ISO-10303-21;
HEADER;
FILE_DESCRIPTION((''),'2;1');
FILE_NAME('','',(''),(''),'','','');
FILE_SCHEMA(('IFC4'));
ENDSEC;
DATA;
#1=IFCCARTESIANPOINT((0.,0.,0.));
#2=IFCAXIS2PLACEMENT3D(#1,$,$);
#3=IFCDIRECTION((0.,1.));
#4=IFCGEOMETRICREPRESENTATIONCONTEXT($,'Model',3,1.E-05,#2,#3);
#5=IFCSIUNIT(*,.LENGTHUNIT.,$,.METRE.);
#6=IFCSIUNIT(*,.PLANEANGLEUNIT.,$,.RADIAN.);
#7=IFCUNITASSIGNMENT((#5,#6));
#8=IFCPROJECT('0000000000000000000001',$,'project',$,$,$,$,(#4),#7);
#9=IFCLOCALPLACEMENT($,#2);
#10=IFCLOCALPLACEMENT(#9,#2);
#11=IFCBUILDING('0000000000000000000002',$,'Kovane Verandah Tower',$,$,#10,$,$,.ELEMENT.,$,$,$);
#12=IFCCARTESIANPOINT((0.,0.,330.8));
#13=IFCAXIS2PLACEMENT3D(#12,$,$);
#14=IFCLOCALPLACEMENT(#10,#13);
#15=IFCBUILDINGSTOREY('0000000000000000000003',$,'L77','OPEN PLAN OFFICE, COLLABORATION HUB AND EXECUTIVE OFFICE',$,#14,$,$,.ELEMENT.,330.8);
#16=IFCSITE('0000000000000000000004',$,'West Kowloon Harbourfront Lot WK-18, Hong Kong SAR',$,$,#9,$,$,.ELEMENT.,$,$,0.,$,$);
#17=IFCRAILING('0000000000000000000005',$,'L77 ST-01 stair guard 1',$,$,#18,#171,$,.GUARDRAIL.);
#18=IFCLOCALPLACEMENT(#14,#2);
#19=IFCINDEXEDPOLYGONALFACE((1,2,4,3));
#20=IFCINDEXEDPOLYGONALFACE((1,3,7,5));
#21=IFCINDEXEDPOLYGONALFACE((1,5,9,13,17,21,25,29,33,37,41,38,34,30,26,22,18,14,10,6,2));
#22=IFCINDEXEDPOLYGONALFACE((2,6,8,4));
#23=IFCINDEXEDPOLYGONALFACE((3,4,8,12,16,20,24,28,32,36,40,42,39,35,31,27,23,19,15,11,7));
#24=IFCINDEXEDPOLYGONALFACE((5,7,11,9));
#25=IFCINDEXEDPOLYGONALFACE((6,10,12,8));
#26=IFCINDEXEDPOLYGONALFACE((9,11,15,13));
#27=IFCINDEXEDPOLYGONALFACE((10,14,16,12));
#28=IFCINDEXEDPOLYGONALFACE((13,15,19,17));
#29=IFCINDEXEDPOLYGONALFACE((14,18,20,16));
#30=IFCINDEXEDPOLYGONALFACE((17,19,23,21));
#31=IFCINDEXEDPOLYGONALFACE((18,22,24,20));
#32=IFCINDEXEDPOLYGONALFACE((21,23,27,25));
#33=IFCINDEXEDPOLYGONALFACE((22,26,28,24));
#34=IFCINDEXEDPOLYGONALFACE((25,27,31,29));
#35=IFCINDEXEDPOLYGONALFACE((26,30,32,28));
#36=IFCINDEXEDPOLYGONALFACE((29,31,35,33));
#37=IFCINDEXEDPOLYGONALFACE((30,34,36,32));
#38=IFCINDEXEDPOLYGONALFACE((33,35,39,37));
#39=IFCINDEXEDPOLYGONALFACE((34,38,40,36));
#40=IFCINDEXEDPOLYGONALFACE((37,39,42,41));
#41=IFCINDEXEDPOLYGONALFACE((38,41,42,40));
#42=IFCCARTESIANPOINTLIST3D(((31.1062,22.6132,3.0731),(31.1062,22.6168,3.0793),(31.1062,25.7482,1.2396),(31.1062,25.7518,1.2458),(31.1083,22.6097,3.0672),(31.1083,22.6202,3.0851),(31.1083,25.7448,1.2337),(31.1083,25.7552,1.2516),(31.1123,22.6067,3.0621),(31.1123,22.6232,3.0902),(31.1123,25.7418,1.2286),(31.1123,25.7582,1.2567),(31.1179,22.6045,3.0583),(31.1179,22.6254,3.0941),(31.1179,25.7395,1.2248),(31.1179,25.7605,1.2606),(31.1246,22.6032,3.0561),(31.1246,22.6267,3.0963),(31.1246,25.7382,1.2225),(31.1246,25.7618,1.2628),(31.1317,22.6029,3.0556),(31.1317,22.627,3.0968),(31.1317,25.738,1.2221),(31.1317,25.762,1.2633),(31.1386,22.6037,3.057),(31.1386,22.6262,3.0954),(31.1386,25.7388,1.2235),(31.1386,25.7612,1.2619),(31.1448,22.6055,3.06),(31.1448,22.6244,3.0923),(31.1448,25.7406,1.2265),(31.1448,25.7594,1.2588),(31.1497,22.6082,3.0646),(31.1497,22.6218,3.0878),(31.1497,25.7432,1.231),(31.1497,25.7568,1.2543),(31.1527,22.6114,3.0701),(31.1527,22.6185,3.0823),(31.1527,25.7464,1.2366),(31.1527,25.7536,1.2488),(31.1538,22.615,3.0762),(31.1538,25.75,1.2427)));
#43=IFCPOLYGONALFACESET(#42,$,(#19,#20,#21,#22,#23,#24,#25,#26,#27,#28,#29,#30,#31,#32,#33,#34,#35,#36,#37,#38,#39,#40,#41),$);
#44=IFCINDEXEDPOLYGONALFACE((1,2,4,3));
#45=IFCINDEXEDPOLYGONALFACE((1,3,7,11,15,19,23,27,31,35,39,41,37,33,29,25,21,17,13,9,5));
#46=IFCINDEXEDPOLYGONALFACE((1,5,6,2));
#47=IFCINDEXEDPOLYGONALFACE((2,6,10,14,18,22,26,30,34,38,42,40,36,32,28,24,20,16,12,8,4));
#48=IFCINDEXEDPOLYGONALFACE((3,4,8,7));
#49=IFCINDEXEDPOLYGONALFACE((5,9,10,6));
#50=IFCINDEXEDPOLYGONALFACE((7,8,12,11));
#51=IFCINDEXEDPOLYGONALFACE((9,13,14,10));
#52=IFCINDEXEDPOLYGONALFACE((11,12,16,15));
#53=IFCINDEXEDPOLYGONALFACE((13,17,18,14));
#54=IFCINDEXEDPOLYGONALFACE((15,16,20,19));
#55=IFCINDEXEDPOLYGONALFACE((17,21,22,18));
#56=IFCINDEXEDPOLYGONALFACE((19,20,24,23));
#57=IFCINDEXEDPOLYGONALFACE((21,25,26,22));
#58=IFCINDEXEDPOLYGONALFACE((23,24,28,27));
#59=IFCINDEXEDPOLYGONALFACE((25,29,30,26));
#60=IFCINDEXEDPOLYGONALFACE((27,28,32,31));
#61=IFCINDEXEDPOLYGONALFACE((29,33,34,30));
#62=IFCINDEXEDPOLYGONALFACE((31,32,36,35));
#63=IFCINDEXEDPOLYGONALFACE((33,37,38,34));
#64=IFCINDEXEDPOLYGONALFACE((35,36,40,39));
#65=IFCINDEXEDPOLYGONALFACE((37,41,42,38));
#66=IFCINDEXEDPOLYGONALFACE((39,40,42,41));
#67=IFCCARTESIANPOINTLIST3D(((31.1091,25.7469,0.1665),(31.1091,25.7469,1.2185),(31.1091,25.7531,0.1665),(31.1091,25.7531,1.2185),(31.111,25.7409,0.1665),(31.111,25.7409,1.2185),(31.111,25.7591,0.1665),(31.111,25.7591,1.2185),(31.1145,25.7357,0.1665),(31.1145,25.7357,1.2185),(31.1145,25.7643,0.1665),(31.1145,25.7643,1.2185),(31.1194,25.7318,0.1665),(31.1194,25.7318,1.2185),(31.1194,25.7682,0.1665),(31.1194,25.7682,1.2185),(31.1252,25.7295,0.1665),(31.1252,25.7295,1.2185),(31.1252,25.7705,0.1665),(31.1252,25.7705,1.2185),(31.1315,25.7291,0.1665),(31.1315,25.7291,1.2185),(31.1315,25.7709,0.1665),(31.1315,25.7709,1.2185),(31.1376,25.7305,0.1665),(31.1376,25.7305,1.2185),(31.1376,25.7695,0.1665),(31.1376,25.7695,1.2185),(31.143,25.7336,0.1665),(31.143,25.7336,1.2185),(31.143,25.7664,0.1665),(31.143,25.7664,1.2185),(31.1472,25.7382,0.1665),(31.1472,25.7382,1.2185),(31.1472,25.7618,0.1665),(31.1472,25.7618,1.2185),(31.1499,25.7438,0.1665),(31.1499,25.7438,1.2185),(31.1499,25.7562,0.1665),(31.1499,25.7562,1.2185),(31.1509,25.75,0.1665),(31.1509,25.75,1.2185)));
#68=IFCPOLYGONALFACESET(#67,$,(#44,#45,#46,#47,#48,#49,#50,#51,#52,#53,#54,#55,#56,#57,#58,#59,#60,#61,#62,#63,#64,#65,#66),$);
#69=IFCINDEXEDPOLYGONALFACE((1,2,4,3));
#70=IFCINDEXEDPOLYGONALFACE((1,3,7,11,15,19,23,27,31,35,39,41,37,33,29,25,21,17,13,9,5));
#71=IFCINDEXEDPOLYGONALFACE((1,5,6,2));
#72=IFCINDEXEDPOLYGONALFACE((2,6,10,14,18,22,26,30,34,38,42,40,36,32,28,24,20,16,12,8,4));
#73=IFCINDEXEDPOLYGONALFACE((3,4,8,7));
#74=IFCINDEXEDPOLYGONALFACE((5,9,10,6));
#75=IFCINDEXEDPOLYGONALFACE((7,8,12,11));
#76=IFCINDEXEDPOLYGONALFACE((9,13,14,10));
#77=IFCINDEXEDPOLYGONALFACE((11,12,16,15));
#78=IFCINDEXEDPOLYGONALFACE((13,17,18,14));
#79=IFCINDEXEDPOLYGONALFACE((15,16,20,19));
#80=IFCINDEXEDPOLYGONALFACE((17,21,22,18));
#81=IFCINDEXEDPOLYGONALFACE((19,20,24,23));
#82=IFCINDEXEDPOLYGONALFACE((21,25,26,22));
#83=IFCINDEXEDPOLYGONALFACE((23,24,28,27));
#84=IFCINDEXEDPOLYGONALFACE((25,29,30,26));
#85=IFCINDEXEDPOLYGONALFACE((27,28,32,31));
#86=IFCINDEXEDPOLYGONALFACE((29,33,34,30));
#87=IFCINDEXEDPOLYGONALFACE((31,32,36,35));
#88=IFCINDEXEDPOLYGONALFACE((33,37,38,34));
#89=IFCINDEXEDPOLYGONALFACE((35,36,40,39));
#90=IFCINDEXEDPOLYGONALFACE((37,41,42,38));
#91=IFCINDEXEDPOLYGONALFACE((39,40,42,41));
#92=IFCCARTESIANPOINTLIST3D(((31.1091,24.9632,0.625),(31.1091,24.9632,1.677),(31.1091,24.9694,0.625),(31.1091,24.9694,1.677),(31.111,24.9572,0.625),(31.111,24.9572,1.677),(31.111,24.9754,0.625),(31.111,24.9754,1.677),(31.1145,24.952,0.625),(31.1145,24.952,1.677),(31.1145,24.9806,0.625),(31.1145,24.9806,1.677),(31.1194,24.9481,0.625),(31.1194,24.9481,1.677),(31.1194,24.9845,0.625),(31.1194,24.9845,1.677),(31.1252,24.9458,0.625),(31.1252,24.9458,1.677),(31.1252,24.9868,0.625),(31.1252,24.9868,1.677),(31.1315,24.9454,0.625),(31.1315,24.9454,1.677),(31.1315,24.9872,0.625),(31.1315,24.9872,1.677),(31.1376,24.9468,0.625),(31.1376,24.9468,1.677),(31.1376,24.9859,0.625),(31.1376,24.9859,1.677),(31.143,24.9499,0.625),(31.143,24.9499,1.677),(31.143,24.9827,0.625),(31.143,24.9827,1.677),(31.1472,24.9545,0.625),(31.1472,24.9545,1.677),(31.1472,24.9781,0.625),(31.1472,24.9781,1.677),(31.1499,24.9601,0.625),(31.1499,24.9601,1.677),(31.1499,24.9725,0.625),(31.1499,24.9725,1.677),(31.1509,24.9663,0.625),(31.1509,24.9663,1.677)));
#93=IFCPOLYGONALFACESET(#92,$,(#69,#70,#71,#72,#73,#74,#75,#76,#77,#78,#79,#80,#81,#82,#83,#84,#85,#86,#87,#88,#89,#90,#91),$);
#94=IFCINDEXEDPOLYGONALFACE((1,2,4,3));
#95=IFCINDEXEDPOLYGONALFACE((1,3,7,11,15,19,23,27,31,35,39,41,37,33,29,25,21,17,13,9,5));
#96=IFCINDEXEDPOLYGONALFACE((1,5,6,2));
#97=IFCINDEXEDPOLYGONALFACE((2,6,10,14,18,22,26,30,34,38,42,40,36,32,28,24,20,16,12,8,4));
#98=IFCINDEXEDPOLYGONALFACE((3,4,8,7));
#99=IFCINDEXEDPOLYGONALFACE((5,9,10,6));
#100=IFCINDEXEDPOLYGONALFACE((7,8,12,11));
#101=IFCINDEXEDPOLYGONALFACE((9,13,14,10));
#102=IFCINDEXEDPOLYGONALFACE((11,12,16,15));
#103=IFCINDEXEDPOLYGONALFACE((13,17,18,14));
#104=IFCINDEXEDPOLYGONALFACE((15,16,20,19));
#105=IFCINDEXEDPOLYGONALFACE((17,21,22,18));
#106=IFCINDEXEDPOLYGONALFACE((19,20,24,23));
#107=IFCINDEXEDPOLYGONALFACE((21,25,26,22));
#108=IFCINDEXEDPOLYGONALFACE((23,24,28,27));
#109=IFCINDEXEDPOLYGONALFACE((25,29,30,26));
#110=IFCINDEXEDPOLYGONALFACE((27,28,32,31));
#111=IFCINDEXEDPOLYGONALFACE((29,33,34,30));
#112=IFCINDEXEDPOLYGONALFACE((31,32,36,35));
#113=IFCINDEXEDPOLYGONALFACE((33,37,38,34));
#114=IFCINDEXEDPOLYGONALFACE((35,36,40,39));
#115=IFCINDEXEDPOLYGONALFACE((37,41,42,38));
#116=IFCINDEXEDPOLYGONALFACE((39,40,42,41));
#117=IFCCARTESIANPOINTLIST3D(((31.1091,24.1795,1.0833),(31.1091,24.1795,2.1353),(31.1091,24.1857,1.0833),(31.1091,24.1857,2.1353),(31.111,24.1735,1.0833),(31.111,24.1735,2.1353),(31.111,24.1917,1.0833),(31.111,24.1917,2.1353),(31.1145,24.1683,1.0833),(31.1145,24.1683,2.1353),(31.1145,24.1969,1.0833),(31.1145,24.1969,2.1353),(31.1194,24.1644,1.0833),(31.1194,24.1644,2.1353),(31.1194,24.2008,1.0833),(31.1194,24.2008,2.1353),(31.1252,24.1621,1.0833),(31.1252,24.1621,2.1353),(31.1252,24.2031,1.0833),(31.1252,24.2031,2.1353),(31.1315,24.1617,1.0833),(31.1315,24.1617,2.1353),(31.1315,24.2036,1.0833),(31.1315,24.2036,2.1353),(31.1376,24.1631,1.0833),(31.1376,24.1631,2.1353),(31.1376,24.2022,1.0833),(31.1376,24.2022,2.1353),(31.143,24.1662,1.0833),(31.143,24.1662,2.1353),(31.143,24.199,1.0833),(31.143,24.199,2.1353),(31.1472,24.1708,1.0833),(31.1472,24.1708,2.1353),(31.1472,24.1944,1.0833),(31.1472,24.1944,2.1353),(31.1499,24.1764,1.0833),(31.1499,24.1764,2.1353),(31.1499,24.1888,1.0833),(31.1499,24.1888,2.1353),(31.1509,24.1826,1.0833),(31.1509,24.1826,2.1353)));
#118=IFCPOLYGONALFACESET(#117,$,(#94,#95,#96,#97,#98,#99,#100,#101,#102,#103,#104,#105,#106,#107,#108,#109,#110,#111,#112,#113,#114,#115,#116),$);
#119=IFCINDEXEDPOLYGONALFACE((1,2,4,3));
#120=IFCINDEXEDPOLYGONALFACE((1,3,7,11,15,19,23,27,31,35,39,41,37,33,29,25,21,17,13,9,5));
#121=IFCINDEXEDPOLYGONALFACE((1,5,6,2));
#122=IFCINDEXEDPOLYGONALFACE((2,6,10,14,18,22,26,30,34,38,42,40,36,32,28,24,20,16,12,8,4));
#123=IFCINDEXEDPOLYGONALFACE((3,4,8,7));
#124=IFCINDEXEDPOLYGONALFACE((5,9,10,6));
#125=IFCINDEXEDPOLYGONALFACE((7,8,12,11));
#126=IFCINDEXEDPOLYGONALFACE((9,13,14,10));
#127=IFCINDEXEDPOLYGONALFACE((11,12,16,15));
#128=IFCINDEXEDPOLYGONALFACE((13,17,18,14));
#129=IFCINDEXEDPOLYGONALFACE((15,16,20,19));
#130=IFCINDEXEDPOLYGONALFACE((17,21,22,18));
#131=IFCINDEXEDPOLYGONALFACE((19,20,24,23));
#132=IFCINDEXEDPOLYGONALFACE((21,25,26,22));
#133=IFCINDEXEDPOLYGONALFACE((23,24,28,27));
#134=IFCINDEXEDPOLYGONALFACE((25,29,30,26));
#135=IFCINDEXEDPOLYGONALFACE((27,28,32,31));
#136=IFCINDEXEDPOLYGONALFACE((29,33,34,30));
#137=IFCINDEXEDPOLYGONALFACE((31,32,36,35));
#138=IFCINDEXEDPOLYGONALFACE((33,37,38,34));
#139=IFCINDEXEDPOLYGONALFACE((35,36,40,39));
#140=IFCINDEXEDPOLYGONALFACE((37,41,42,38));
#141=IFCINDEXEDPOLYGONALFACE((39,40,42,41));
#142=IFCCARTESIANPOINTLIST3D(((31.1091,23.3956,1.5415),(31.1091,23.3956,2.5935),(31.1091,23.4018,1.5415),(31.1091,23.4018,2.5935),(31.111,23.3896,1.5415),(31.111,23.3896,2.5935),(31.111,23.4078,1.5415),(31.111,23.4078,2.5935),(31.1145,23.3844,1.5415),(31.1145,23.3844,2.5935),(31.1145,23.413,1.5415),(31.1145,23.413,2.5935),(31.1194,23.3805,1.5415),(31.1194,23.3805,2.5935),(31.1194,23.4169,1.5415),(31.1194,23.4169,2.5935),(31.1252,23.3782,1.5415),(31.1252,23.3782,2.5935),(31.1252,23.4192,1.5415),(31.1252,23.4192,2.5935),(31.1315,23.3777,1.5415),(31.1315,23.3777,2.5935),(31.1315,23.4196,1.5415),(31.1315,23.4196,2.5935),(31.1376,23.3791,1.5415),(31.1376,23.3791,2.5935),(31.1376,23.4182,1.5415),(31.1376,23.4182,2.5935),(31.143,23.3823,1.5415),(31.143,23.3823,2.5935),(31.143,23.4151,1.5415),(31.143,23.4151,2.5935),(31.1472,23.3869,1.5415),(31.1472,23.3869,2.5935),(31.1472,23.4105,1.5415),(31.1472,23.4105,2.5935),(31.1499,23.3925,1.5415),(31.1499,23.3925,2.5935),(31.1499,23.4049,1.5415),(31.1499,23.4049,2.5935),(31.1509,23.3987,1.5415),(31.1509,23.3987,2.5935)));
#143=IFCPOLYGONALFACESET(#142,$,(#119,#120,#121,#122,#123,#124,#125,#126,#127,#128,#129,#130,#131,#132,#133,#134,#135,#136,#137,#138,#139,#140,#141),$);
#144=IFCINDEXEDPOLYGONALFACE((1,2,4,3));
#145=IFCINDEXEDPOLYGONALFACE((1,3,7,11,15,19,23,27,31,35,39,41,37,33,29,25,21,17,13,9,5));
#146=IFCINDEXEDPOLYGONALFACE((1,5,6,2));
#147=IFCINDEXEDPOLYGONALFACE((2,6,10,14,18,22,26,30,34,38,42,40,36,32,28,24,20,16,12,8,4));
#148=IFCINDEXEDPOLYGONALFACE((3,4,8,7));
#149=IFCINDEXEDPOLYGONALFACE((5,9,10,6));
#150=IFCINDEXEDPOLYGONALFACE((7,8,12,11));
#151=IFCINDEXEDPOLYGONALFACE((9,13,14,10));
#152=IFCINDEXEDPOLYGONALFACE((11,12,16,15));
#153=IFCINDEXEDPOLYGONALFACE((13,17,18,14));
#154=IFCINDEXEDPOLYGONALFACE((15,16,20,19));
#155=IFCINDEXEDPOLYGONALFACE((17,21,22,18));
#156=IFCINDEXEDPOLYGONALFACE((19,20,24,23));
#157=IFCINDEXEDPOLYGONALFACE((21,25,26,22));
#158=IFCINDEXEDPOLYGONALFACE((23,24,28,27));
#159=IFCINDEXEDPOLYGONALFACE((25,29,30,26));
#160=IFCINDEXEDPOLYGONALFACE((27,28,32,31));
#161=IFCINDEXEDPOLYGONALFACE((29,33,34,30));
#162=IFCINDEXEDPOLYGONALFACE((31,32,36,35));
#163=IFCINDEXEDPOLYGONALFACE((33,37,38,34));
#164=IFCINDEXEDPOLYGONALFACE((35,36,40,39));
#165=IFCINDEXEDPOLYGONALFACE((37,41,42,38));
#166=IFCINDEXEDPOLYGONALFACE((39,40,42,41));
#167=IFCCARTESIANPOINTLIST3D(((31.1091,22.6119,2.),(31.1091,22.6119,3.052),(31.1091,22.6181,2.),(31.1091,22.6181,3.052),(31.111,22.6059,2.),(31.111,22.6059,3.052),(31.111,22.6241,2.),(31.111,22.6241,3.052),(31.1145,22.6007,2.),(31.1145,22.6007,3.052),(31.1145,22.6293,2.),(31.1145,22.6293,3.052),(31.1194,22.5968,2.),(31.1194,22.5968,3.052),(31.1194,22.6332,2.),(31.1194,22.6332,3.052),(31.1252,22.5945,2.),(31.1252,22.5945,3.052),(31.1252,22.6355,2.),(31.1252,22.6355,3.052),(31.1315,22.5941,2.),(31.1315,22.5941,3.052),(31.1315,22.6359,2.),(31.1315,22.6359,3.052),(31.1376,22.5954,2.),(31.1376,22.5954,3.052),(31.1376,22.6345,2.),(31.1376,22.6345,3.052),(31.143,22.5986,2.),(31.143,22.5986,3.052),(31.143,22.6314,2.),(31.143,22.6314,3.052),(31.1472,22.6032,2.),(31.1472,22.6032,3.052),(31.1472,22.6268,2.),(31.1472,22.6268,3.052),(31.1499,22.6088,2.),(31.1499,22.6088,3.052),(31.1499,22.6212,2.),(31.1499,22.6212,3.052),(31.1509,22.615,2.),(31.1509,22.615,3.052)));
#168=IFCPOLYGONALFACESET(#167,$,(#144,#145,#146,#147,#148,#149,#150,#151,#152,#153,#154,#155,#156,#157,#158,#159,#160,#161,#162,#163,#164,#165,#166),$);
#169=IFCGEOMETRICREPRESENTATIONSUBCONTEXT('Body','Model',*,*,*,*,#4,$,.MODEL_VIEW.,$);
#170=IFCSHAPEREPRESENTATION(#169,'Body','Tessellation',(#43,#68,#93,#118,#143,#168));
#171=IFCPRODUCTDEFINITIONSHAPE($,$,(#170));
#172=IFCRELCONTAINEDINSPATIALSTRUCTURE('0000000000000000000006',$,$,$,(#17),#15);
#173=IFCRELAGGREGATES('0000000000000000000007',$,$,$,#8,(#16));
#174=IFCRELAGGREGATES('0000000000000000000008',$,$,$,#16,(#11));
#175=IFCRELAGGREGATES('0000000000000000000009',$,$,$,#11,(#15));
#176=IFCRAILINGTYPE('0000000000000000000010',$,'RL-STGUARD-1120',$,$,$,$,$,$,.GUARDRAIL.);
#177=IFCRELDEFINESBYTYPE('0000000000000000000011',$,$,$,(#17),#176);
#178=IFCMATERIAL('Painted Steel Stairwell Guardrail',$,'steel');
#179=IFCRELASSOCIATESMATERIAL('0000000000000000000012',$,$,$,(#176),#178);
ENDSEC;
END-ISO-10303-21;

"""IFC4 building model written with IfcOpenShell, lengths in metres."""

from ifc_helpers import new_model, si_unit, direction, frame, origin, origin_2d, place, context, subcontext, project, spatial, circle, extrude, material, type_object, element, save


model = new_model("IFC4")

# Units and contexts
model_context = context("Model", 3, precision=1e-05, world=origin(), true_north=direction((0.0, 1.0)))
body_context = subcontext(model_context, "Body", "Model", "MODEL_VIEW")
ifc_project = project(units=[si_unit("LENGTHUNIT", "METRE"), si_unit("PLANEANGLEUNIT", "RADIAN")], contexts=[model_context])

# Site, building, storey
site_placement = place(None, origin())
site = spatial("IfcSite", under=ifc_project, at=site_placement, Name="West Kowloon Harbourfront Lot WK-18, Hong Kong SAR", CompositionType="ELEMENT", RefElevation=0.0)
building_placement = place(site_placement, origin())
building = spatial("IfcBuilding", under=site, at=building_placement, Name="Kovane Verandah Tower", CompositionType="ELEMENT")
storey_placement = place(building_placement, frame((0.0, 0.0, 330.8)))
storey = spatial("IfcBuildingStorey", under=building, at=storey_placement, Name="L77", Description="OPEN PLAN OFFICE, COLLABORATION HUB AND EXECUTIVE OFFICE", CompositionType="ELEMENT", Elevation=330.8)

# Railing
ifc_material_1 = material(Name="Painted Steel Stairwell Guardrail", Category="steel")
railing_type_1 = type_object("IfcRailingType", Name="RL-STGUARD-1120", PredefinedType="GUARDRAIL", material=ifc_material_1)
railing_1_placement = place(storey_placement, frame((31.1299, 25.75, 0.1665)))
element("IfcRailing", 1, at=railing_1_placement, inside=storey, type_object=railing_type_1, Name="L77 ST-01 stair guard 1", PredefinedType="GUARDRAIL", context=body_context, shape_type="SweptSolid", body=[
    extrude(circle(Radius=0.0239, at=origin_2d()), frame((0.0, 0.0, 1.0762), z_axis=(0.0, -0.86321, 0.504845), x_axis=(1.0, 0.0, 0.0)), (0.0, 0.0, 1.0), 3.6318),
    extrude(circle(Radius=0.021, at=origin_2d()), origin(), (0.0, 0.0, 1.0), 1.052),
    extrude(circle(Radius=0.021, at=origin_2d()), frame((0.0, -0.7837, 0.4585)), (0.0, 0.0, 1.0), 1.052),
    extrude(circle(Radius=0.021, at=origin_2d()), frame((0.0, -1.5674, 0.9167)), (0.0, 0.0, 1.0), 1.052),
    extrude(circle(Radius=0.021, at=origin_2d()), frame((0.0, -2.3513, 1.375)), (0.0, 0.0, 1.0), 1.052),
    extrude(circle(Radius=0.021, at=origin_2d()), frame((0.0, -3.135, 1.8335)), (0.0, 0.0, 1.0), 1.052),
])

save(model, "model.ifc")
